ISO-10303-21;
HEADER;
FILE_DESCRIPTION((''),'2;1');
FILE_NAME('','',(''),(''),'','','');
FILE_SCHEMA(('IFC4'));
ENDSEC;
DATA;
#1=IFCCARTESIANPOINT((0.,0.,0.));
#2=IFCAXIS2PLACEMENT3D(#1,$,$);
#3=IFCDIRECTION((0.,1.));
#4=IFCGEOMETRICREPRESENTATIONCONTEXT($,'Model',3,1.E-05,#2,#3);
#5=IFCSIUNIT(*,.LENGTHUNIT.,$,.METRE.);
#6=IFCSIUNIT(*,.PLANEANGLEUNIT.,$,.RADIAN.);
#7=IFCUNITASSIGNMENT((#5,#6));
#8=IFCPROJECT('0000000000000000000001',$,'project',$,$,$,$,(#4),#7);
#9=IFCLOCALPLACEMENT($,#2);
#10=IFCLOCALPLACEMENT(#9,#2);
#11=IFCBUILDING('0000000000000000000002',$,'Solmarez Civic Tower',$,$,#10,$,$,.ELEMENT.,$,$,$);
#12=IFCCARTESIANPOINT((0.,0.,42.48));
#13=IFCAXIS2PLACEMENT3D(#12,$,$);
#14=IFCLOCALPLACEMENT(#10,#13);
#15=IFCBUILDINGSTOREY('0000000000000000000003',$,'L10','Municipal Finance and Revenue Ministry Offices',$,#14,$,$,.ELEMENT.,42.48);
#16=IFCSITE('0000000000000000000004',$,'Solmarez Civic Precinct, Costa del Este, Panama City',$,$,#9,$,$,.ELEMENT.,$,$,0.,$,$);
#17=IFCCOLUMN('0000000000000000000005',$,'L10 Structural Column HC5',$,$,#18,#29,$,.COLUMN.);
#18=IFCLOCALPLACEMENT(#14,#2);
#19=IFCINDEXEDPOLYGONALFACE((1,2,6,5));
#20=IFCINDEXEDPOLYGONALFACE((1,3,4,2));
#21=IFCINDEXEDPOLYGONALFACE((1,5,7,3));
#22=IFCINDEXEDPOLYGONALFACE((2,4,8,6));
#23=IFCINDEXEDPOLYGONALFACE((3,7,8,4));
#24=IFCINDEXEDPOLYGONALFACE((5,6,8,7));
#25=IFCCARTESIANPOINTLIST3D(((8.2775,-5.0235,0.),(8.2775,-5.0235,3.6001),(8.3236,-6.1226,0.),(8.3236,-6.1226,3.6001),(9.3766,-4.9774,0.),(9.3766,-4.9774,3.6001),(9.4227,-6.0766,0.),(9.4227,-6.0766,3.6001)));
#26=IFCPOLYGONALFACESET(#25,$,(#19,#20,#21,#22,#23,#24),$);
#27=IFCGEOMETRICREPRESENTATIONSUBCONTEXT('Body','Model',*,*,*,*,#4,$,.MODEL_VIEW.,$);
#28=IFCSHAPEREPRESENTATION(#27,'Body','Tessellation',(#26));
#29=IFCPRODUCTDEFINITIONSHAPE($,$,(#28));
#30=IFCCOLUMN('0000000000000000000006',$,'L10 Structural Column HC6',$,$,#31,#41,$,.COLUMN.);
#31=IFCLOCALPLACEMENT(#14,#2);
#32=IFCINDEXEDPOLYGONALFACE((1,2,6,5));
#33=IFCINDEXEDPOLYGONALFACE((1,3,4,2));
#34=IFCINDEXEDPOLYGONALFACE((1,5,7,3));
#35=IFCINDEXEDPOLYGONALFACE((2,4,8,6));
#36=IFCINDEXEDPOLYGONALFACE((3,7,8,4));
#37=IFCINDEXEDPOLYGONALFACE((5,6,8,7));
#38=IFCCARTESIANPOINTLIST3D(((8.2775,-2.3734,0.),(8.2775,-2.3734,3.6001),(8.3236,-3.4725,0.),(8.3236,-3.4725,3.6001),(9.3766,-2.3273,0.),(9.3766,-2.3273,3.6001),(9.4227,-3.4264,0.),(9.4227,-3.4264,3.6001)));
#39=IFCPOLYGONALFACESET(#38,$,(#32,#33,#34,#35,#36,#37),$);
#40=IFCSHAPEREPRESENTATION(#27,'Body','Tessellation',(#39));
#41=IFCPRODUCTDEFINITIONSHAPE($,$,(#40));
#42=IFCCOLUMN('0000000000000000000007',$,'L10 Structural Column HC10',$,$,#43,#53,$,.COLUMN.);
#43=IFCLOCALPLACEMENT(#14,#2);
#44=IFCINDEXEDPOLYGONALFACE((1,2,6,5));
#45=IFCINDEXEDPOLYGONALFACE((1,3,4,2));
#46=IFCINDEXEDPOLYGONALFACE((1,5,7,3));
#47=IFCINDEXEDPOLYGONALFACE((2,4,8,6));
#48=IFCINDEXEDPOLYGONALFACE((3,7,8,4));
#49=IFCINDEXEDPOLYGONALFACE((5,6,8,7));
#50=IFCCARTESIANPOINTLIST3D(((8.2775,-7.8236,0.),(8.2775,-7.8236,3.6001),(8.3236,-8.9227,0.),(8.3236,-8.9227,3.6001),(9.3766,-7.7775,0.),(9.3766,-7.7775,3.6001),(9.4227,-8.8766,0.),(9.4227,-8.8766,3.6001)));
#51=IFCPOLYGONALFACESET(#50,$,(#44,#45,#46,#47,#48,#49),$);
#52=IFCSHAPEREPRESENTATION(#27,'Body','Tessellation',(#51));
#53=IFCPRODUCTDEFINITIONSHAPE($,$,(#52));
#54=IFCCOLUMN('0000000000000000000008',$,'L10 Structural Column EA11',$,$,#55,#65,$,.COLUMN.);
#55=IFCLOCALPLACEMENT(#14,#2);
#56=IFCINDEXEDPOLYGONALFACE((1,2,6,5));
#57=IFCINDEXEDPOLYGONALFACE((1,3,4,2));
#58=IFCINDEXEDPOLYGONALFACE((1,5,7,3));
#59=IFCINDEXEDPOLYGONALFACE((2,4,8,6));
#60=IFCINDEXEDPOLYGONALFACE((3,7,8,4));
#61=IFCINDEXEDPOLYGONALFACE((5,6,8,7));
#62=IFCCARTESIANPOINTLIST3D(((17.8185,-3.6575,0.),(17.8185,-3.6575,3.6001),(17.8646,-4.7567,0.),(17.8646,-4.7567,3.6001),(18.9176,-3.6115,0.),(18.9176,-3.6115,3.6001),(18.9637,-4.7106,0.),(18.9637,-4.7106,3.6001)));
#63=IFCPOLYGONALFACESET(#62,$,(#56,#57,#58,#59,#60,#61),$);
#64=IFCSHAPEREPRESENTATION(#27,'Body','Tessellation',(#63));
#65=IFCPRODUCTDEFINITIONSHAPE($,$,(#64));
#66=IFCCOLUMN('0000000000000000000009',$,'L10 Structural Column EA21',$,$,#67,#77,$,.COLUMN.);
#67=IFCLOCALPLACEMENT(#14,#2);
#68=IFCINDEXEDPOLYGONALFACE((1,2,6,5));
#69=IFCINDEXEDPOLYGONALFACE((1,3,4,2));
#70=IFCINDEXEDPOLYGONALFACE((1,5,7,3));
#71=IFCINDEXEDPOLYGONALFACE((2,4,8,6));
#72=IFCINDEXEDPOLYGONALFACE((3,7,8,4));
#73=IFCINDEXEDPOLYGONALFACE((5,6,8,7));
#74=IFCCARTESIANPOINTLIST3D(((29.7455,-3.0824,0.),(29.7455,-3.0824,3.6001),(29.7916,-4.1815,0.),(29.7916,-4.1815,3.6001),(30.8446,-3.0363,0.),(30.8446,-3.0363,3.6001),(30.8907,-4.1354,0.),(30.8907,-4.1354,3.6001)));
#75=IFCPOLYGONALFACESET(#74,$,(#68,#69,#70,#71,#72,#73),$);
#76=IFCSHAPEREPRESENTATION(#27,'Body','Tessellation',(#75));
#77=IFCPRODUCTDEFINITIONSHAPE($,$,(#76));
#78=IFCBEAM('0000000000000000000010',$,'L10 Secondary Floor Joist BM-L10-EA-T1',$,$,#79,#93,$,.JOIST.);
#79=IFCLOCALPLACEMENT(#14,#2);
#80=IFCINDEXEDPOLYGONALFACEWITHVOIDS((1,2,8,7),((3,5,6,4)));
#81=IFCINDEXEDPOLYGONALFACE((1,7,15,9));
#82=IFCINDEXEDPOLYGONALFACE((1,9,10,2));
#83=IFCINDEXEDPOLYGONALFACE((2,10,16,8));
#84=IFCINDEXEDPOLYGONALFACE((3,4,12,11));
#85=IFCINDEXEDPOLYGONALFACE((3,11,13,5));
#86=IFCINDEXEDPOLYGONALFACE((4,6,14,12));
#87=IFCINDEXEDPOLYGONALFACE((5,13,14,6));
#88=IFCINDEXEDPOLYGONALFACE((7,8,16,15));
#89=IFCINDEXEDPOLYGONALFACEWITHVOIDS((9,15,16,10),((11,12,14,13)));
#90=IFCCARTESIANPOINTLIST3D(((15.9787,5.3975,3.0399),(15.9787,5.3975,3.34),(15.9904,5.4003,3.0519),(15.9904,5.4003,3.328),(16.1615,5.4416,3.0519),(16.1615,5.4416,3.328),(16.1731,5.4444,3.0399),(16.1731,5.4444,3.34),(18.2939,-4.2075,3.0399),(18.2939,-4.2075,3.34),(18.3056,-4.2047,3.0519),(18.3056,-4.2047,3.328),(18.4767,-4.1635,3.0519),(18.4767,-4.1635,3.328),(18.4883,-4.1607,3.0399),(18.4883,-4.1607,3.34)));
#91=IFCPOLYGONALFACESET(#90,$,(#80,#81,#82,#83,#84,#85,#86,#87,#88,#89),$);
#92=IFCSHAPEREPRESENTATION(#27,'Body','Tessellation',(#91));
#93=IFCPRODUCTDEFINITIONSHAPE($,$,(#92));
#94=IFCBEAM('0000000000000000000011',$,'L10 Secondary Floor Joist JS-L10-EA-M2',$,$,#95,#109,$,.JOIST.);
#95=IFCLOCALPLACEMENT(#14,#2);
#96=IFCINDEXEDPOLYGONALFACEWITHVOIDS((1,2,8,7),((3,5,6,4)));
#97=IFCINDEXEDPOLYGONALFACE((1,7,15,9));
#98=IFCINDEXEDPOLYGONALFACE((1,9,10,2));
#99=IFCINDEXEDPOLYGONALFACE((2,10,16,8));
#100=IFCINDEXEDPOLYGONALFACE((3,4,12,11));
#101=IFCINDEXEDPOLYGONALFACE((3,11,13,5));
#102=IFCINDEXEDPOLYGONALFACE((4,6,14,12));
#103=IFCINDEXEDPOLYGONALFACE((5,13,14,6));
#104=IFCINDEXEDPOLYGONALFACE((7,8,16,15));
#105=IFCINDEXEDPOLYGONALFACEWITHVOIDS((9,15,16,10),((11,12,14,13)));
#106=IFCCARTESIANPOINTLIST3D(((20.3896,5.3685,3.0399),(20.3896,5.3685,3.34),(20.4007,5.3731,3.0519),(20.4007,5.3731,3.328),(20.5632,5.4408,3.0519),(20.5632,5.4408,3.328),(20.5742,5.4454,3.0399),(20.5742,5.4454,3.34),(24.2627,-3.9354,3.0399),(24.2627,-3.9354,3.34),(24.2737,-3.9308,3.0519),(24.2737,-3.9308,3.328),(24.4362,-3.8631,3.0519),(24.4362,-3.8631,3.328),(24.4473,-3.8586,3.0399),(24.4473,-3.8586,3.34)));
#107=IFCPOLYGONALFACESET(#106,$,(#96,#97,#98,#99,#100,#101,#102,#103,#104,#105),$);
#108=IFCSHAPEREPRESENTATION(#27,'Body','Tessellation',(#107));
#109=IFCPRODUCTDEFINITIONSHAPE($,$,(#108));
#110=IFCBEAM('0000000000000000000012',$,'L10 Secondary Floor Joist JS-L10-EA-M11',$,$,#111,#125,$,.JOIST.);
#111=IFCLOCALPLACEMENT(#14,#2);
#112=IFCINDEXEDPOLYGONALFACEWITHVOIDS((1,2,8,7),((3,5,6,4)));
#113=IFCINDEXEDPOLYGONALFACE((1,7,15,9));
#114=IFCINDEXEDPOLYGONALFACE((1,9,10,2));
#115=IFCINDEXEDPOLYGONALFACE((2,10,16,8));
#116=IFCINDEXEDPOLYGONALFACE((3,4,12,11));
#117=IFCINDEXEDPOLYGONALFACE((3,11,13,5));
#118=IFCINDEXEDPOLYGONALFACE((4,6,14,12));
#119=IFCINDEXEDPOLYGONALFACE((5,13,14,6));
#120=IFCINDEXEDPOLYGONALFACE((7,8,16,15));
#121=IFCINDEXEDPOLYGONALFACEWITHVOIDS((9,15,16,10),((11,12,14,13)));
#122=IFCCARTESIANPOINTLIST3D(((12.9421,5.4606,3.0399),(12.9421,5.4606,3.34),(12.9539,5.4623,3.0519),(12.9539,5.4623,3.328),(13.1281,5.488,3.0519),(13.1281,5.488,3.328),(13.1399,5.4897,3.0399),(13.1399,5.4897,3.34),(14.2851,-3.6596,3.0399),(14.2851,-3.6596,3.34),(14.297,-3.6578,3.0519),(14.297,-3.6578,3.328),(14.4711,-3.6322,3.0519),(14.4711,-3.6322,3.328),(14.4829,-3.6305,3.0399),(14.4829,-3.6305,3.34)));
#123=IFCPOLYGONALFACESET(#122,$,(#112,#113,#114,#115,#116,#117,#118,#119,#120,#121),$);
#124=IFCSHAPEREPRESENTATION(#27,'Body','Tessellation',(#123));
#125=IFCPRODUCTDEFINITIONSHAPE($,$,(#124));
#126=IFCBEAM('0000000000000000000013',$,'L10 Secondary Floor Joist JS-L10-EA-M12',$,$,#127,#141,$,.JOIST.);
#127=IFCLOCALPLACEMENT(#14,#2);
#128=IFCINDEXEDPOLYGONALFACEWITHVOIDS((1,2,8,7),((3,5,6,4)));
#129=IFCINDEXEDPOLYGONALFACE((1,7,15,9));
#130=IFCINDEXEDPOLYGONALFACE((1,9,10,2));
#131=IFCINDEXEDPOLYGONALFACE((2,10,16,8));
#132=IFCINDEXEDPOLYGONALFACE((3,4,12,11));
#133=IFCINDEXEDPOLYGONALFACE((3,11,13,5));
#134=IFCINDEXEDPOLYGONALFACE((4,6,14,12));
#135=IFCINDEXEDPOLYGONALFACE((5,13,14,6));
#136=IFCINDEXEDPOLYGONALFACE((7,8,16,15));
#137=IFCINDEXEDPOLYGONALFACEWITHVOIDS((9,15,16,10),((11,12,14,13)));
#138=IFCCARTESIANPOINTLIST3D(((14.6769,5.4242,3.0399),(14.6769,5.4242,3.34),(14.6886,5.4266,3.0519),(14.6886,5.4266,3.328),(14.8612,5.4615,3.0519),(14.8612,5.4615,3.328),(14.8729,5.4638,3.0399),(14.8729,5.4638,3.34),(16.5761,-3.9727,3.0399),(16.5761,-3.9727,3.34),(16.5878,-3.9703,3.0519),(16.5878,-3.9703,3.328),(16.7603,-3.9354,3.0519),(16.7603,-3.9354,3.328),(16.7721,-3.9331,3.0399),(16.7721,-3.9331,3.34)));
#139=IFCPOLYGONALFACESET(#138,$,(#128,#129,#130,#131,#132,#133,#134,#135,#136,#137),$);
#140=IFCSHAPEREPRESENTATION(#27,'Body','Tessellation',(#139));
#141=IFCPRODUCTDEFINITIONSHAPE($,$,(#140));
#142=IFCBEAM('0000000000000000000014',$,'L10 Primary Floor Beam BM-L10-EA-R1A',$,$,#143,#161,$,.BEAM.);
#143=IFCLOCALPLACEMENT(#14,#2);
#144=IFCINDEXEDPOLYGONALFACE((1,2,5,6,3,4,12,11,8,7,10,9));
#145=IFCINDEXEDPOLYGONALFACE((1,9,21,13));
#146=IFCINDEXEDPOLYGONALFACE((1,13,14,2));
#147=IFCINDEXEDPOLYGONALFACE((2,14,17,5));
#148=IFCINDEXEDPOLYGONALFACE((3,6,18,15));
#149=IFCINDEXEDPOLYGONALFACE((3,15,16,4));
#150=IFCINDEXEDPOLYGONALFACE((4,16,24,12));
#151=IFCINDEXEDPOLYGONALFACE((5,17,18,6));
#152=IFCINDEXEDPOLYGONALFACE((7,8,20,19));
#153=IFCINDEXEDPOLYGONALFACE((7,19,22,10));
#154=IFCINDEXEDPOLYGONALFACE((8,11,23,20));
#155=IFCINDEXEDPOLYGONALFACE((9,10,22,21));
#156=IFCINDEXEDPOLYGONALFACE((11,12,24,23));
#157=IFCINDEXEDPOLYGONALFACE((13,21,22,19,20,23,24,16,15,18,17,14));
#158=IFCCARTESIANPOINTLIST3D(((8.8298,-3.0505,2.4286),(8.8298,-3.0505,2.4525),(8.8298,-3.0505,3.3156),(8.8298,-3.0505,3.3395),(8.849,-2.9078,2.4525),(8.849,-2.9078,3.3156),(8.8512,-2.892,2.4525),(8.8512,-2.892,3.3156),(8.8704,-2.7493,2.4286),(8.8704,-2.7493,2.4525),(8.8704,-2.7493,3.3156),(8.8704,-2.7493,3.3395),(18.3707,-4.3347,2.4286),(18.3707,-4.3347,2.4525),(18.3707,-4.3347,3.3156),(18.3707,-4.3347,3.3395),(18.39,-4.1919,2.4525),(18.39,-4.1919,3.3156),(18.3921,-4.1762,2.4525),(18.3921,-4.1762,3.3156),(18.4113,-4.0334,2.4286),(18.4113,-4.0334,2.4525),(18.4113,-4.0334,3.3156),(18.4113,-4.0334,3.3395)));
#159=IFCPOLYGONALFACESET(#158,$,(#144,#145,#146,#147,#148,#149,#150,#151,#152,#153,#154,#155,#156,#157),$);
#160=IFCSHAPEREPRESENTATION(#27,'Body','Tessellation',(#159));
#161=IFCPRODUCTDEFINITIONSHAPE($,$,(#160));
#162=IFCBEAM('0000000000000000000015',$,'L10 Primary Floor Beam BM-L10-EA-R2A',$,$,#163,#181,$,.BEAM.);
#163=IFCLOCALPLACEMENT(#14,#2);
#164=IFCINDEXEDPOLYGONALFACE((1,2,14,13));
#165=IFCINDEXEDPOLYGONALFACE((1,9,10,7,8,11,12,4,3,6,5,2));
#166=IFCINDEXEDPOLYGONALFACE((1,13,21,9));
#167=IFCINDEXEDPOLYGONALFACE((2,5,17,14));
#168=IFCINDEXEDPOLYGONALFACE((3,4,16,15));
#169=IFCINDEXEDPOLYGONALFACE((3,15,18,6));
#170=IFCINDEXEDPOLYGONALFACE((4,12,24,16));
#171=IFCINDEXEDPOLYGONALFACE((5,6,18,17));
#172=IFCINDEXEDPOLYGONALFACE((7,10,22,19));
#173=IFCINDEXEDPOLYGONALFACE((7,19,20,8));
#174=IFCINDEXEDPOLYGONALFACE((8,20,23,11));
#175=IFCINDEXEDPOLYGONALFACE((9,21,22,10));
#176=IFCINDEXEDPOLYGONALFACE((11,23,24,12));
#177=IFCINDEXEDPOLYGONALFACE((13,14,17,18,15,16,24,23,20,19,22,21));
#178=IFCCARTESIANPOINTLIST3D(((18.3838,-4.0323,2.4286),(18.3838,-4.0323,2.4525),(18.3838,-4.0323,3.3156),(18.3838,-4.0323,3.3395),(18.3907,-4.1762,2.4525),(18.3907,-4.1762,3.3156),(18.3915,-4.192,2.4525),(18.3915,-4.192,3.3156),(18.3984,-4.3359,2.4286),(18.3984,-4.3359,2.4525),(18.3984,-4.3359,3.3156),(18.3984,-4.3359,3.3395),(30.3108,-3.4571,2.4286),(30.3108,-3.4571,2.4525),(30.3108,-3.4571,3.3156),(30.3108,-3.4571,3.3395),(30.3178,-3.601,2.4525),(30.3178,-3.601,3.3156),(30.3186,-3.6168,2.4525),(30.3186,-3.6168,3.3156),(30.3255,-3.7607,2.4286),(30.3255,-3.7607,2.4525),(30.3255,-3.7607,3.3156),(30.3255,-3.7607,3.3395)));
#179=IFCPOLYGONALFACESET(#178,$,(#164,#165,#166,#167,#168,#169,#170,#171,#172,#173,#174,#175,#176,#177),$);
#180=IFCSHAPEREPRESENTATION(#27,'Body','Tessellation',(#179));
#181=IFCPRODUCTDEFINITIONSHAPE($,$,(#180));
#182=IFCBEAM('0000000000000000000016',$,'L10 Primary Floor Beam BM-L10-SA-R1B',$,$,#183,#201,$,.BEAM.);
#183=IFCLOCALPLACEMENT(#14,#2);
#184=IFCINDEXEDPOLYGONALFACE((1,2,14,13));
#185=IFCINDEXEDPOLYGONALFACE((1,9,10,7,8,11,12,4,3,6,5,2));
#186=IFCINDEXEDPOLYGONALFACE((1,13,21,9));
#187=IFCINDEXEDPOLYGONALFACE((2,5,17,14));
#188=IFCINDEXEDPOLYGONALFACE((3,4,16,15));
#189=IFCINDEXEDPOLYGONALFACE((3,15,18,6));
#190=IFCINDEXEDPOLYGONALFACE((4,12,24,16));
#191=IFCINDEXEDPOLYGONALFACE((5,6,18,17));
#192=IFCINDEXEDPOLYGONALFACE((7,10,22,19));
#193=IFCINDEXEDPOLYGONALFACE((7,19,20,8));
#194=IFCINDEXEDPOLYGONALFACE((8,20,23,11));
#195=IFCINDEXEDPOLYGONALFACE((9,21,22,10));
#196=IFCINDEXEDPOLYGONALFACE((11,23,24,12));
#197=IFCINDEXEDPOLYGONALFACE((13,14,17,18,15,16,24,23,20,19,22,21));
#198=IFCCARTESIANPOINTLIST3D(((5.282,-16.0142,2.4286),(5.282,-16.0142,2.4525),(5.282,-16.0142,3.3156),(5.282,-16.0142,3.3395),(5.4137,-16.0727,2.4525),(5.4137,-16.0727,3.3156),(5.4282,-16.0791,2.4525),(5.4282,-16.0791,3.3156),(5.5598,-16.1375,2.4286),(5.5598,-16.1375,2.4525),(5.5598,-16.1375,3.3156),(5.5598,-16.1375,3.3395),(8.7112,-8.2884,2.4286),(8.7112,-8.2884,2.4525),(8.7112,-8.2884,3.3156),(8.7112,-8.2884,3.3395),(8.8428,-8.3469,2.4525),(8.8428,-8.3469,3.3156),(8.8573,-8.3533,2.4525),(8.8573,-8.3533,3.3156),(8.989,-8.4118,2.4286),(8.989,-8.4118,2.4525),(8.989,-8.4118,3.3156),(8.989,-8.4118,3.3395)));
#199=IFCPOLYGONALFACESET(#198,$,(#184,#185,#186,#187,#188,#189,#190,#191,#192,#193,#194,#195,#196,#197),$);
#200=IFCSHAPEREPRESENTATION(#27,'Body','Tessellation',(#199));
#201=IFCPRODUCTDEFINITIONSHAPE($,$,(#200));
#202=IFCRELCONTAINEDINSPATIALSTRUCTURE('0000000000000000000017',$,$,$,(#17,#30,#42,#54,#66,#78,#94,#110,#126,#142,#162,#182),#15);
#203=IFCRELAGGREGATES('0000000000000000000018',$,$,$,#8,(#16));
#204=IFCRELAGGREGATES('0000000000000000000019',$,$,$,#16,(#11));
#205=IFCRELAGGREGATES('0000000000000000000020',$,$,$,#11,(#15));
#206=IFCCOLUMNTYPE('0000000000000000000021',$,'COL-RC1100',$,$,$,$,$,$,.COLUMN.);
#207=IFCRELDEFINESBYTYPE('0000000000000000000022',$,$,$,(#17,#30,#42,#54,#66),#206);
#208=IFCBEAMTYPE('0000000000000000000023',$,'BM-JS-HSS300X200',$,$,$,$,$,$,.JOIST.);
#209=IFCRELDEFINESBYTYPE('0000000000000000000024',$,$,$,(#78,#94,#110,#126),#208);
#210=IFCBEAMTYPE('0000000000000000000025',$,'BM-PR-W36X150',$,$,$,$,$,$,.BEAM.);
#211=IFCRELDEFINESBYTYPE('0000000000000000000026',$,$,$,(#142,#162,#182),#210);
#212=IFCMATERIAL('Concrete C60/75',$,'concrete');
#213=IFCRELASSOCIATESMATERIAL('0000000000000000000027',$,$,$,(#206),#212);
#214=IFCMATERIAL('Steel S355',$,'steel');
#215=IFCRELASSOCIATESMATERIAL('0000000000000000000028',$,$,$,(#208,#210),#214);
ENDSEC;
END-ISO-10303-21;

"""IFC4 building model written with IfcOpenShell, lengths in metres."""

from ifc_helpers import new_model, si_unit, direction, frame, origin, origin_2d, place, context, subcontext, project, spatial, rectangle, hollow_rectangle, i_section, extrude, material, material_profile, profile_set, type_object, element, save


model = new_model("IFC4")

# Units and contexts
model_context = context("Model", 3, precision=1e-05, world=origin(), true_north=direction((0.0, 1.0)))
body_context = subcontext(model_context, "Body", "Model", "MODEL_VIEW")
ifc_project = project(units=[si_unit("LENGTHUNIT", "METRE"), si_unit("PLANEANGLEUNIT", "RADIAN")], contexts=[model_context])

# Site, building, storey
site_placement = place(None, origin())
site = spatial("IfcSite", under=ifc_project, at=site_placement, Name="Solmarez Civic Precinct, Costa del Este, Panama City", CompositionType="ELEMENT", RefElevation=0.0)
building_placement = place(site_placement, origin())
building = spatial("IfcBuilding", under=site, at=building_placement, Name="Solmarez Civic Tower", CompositionType="ELEMENT")
storey_placement = place(building_placement, frame((0.0, 0.0, 42.48)))
storey = spatial("IfcBuildingStorey", under=building, at=storey_placement, Name="L10", Description="Municipal Finance and Revenue Ministry Offices", CompositionType="ELEMENT", Elevation=42.48)

# Columns
ifc_material_1 = material(Name="Concrete C60/75", Category="concrete")
ifc_material_profile_1 = material_profile(ifc_material_1, rectangle(XDim=1.1001, YDim=1.1001, at=origin_2d()), Name="RC1100X1100")
ifc_profile_set_1 = profile_set([ifc_material_profile_1], Name="Concrete C60/75")
column_type = type_object("IfcColumnType", Name="COL-RC1100", PredefinedType="COLUMN", material=ifc_profile_set_1)
for number, where, z_axis, x_axis, name in (
    (1, (8.8501, -5.55, 0.0), (0.0, 0.0, 1.0), (0.999123, 0.041876, 0.0), "L10 Structural Column HC5"),
    (2, (8.8501, -2.8999, 0.0), (0.0, 0.0, 1.0), (0.999123, 0.041876, 0.0), "L10 Structural Column HC6"),
    (3, (8.8501, -8.3501, 0.0), (0.0, 0.0, 1.0), (0.999123, 0.041876, 0.0), "L10 Structural Column HC10"),
    (4, (18.3911, -4.1841, 0.0), (0.0, 0.0, 1.0), (0.999123, 0.041876, 0.0), "L10 Structural Column EA11"),
    (5, (30.3181, -3.6089, 0.0), (0.0, 0.0, 1.0), (0.999123, 0.041876, 0.0), "L10 Structural Column EA21"),
):
    element("IfcColumn", number, at=place(storey_placement, frame(where, z_axis=z_axis, x_axis=x_axis)), inside=storey, type_object=column_type, Name=name, PredefinedType="COLUMN", context=body_context, shape_type="SweptSolid", body=[
        extrude(rectangle(XDim=1.1001, YDim=1.1001, at=origin_2d()), origin(), (0.0, 0.0, 1.0), 3.6001),
    ])

# Beams
ifc_material_2 = material(Name="Steel S355", Category="steel")
ifc_material_profile_2 = material_profile(ifc_material_2, hollow_rectangle(XDim=0.2, YDim=0.3, WallThickness=0.012, at=origin_2d()), Name="HSS300X200X12")
ifc_profile_set_2 = profile_set([ifc_material_profile_2], Name="Steel S355")
beam_type_1 = type_object("IfcBeamType", Name="BM-JS-HSS300X200", PredefinedType="JOIST", material=ifc_profile_set_2)
beam_1_placement = place(storey_placement, frame((18.3911, -4.1841, 3.1899), z_axis=(-0.234329, 0.972157, 0.0), x_axis=(-0.972157, -0.234329, 0.0)))
element("IfcBeam", 6, at=beam_1_placement, inside=storey, type_object=beam_type_1, Name="L10 Secondary Floor Joist BM-L10-EA-T1", PredefinedType="JOIST", context=body_context, shape_type="SweptSolid", body=[
    extrude(hollow_rectangle(XDim=0.2, YDim=0.3, WallThickness=0.012, at=origin_2d()), origin(), (0.0, 0.0, 1.0), 9.8801),
])
beam_2_placement = place(storey_placement, frame((24.355, -3.897, 3.1899), z_axis=(-0.384311, 0.923204, 0.0), x_axis=(-0.923204, -0.384311, 0.0)))
element("IfcBeam", 7, at=beam_2_placement, inside=storey, type_object=beam_type_1, Name="L10 Secondary Floor Joist JS-L10-EA-M2", PredefinedType="JOIST", context=body_context, shape_type="SweptSolid", body=[
    extrude(hollow_rectangle(XDim=0.2, YDim=0.3, WallThickness=0.012, at=origin_2d()), origin(), (0.0, 0.0, 1.0), 10.0779),
])
beam_3_placement = place(storey_placement, frame((14.384, -3.645, 3.1899), z_axis=(-0.145688, 0.989331, 0.0), x_axis=(-0.989331, -0.145688, 0.0)))
element("IfcBeam", 8, at=beam_3_placement, inside=storey, type_object=beam_type_1, Name="L10 Secondary Floor Joist JS-L10-EA-M11", PredefinedType="JOIST", context=body_context, shape_type="SweptSolid", body=[
    extrude(hollow_rectangle(XDim=0.2, YDim=0.3, WallThickness=0.012, at=origin_2d()), origin(), (0.0, 0.0, 1.0), 9.2185),
])
beam_4_placement = place(storey_placement, frame((16.6741, -3.9529, 3.1899), z_axis=(-0.198099, 0.980182, 0.0), x_axis=(-0.980182, -0.198099, 0.0)))
element("IfcBeam", 9, at=beam_4_placement, inside=storey, type_object=beam_type_1, Name="L10 Secondary Floor Joist JS-L10-EA-M12", PredefinedType="JOIST", context=body_context, shape_type="SweptSolid", body=[
    extrude(hollow_rectangle(XDim=0.2, YDim=0.3, WallThickness=0.012, at=origin_2d()), origin(), (0.0, 0.0, 1.0), 9.5869),
])
ifc_material_profile_3 = material_profile(ifc_material_2, i_section(OverallWidth=0.304, OverallDepth=0.9109, WebThickness=0.0159, FlangeThickness=0.0239, at=origin_2d()), Name="W36X150")
ifc_profile_set_3 = profile_set([ifc_material_profile_3], Name="Steel S355")
beam_type_2 = type_object("IfcBeamType", Name="BM-PR-W36X150", PredefinedType="BEAM", material=ifc_profile_set_3)
beam_5_placement = place(storey_placement, frame((8.8501, -2.8999, 2.884), z_axis=(0.991063, -0.133393, 0.0), x_axis=(0.133393, 0.991063, 0.0)))
element("IfcBeam", 10, at=beam_5_placement, inside=storey, type_object=beam_type_2, Name="L10 Primary Floor Beam BM-L10-EA-R1A", PredefinedType="BEAM", context=body_context, shape_type="SweptSolid", body=[
    extrude(i_section(OverallWidth=0.304, OverallDepth=0.9109, WebThickness=0.0159, FlangeThickness=0.0239, at=origin_2d()), origin(), (0.0, 0.0, 1.0), 9.627),
])
beam_6_placement = place(storey_placement, frame((18.3911, -4.1841, 2.884), z_axis=(0.998839, 0.04817, 0.0), x_axis=(-0.04817, 0.998839, 0.0)))
element("IfcBeam", 11, at=beam_6_placement, inside=storey, type_object=beam_type_2, Name="L10 Primary Floor Beam BM-L10-EA-R2A", PredefinedType="BEAM", context=body_context, shape_type="SweptSolid", body=[
    extrude(i_section(OverallWidth=0.304, OverallDepth=0.9109, WebThickness=0.0159, FlangeThickness=0.0239, at=origin_2d()), origin(), (0.0, 0.0, 1.0), 11.9409),
])
beam_7_placement = place(storey_placement, frame((8.8501, -8.3501, 2.884), z_axis=(-0.405694, -0.914009, 0.0), x_axis=(0.914009, -0.405694, 0.0)))
element("IfcBeam", 12, at=beam_7_placement, inside=storey, type_object=beam_type_2, Name="L10 Primary Floor Beam BM-L10-SA-R1B", PredefinedType="BEAM", context=body_context, shape_type="SweptSolid", body=[
    extrude(i_section(OverallWidth=0.304, OverallDepth=0.9109, WebThickness=0.0159, FlangeThickness=0.0239, at=origin_2d()), origin(), (0.0, 0.0, 1.0), 8.4526),
])

save(model, "model.ifc")
